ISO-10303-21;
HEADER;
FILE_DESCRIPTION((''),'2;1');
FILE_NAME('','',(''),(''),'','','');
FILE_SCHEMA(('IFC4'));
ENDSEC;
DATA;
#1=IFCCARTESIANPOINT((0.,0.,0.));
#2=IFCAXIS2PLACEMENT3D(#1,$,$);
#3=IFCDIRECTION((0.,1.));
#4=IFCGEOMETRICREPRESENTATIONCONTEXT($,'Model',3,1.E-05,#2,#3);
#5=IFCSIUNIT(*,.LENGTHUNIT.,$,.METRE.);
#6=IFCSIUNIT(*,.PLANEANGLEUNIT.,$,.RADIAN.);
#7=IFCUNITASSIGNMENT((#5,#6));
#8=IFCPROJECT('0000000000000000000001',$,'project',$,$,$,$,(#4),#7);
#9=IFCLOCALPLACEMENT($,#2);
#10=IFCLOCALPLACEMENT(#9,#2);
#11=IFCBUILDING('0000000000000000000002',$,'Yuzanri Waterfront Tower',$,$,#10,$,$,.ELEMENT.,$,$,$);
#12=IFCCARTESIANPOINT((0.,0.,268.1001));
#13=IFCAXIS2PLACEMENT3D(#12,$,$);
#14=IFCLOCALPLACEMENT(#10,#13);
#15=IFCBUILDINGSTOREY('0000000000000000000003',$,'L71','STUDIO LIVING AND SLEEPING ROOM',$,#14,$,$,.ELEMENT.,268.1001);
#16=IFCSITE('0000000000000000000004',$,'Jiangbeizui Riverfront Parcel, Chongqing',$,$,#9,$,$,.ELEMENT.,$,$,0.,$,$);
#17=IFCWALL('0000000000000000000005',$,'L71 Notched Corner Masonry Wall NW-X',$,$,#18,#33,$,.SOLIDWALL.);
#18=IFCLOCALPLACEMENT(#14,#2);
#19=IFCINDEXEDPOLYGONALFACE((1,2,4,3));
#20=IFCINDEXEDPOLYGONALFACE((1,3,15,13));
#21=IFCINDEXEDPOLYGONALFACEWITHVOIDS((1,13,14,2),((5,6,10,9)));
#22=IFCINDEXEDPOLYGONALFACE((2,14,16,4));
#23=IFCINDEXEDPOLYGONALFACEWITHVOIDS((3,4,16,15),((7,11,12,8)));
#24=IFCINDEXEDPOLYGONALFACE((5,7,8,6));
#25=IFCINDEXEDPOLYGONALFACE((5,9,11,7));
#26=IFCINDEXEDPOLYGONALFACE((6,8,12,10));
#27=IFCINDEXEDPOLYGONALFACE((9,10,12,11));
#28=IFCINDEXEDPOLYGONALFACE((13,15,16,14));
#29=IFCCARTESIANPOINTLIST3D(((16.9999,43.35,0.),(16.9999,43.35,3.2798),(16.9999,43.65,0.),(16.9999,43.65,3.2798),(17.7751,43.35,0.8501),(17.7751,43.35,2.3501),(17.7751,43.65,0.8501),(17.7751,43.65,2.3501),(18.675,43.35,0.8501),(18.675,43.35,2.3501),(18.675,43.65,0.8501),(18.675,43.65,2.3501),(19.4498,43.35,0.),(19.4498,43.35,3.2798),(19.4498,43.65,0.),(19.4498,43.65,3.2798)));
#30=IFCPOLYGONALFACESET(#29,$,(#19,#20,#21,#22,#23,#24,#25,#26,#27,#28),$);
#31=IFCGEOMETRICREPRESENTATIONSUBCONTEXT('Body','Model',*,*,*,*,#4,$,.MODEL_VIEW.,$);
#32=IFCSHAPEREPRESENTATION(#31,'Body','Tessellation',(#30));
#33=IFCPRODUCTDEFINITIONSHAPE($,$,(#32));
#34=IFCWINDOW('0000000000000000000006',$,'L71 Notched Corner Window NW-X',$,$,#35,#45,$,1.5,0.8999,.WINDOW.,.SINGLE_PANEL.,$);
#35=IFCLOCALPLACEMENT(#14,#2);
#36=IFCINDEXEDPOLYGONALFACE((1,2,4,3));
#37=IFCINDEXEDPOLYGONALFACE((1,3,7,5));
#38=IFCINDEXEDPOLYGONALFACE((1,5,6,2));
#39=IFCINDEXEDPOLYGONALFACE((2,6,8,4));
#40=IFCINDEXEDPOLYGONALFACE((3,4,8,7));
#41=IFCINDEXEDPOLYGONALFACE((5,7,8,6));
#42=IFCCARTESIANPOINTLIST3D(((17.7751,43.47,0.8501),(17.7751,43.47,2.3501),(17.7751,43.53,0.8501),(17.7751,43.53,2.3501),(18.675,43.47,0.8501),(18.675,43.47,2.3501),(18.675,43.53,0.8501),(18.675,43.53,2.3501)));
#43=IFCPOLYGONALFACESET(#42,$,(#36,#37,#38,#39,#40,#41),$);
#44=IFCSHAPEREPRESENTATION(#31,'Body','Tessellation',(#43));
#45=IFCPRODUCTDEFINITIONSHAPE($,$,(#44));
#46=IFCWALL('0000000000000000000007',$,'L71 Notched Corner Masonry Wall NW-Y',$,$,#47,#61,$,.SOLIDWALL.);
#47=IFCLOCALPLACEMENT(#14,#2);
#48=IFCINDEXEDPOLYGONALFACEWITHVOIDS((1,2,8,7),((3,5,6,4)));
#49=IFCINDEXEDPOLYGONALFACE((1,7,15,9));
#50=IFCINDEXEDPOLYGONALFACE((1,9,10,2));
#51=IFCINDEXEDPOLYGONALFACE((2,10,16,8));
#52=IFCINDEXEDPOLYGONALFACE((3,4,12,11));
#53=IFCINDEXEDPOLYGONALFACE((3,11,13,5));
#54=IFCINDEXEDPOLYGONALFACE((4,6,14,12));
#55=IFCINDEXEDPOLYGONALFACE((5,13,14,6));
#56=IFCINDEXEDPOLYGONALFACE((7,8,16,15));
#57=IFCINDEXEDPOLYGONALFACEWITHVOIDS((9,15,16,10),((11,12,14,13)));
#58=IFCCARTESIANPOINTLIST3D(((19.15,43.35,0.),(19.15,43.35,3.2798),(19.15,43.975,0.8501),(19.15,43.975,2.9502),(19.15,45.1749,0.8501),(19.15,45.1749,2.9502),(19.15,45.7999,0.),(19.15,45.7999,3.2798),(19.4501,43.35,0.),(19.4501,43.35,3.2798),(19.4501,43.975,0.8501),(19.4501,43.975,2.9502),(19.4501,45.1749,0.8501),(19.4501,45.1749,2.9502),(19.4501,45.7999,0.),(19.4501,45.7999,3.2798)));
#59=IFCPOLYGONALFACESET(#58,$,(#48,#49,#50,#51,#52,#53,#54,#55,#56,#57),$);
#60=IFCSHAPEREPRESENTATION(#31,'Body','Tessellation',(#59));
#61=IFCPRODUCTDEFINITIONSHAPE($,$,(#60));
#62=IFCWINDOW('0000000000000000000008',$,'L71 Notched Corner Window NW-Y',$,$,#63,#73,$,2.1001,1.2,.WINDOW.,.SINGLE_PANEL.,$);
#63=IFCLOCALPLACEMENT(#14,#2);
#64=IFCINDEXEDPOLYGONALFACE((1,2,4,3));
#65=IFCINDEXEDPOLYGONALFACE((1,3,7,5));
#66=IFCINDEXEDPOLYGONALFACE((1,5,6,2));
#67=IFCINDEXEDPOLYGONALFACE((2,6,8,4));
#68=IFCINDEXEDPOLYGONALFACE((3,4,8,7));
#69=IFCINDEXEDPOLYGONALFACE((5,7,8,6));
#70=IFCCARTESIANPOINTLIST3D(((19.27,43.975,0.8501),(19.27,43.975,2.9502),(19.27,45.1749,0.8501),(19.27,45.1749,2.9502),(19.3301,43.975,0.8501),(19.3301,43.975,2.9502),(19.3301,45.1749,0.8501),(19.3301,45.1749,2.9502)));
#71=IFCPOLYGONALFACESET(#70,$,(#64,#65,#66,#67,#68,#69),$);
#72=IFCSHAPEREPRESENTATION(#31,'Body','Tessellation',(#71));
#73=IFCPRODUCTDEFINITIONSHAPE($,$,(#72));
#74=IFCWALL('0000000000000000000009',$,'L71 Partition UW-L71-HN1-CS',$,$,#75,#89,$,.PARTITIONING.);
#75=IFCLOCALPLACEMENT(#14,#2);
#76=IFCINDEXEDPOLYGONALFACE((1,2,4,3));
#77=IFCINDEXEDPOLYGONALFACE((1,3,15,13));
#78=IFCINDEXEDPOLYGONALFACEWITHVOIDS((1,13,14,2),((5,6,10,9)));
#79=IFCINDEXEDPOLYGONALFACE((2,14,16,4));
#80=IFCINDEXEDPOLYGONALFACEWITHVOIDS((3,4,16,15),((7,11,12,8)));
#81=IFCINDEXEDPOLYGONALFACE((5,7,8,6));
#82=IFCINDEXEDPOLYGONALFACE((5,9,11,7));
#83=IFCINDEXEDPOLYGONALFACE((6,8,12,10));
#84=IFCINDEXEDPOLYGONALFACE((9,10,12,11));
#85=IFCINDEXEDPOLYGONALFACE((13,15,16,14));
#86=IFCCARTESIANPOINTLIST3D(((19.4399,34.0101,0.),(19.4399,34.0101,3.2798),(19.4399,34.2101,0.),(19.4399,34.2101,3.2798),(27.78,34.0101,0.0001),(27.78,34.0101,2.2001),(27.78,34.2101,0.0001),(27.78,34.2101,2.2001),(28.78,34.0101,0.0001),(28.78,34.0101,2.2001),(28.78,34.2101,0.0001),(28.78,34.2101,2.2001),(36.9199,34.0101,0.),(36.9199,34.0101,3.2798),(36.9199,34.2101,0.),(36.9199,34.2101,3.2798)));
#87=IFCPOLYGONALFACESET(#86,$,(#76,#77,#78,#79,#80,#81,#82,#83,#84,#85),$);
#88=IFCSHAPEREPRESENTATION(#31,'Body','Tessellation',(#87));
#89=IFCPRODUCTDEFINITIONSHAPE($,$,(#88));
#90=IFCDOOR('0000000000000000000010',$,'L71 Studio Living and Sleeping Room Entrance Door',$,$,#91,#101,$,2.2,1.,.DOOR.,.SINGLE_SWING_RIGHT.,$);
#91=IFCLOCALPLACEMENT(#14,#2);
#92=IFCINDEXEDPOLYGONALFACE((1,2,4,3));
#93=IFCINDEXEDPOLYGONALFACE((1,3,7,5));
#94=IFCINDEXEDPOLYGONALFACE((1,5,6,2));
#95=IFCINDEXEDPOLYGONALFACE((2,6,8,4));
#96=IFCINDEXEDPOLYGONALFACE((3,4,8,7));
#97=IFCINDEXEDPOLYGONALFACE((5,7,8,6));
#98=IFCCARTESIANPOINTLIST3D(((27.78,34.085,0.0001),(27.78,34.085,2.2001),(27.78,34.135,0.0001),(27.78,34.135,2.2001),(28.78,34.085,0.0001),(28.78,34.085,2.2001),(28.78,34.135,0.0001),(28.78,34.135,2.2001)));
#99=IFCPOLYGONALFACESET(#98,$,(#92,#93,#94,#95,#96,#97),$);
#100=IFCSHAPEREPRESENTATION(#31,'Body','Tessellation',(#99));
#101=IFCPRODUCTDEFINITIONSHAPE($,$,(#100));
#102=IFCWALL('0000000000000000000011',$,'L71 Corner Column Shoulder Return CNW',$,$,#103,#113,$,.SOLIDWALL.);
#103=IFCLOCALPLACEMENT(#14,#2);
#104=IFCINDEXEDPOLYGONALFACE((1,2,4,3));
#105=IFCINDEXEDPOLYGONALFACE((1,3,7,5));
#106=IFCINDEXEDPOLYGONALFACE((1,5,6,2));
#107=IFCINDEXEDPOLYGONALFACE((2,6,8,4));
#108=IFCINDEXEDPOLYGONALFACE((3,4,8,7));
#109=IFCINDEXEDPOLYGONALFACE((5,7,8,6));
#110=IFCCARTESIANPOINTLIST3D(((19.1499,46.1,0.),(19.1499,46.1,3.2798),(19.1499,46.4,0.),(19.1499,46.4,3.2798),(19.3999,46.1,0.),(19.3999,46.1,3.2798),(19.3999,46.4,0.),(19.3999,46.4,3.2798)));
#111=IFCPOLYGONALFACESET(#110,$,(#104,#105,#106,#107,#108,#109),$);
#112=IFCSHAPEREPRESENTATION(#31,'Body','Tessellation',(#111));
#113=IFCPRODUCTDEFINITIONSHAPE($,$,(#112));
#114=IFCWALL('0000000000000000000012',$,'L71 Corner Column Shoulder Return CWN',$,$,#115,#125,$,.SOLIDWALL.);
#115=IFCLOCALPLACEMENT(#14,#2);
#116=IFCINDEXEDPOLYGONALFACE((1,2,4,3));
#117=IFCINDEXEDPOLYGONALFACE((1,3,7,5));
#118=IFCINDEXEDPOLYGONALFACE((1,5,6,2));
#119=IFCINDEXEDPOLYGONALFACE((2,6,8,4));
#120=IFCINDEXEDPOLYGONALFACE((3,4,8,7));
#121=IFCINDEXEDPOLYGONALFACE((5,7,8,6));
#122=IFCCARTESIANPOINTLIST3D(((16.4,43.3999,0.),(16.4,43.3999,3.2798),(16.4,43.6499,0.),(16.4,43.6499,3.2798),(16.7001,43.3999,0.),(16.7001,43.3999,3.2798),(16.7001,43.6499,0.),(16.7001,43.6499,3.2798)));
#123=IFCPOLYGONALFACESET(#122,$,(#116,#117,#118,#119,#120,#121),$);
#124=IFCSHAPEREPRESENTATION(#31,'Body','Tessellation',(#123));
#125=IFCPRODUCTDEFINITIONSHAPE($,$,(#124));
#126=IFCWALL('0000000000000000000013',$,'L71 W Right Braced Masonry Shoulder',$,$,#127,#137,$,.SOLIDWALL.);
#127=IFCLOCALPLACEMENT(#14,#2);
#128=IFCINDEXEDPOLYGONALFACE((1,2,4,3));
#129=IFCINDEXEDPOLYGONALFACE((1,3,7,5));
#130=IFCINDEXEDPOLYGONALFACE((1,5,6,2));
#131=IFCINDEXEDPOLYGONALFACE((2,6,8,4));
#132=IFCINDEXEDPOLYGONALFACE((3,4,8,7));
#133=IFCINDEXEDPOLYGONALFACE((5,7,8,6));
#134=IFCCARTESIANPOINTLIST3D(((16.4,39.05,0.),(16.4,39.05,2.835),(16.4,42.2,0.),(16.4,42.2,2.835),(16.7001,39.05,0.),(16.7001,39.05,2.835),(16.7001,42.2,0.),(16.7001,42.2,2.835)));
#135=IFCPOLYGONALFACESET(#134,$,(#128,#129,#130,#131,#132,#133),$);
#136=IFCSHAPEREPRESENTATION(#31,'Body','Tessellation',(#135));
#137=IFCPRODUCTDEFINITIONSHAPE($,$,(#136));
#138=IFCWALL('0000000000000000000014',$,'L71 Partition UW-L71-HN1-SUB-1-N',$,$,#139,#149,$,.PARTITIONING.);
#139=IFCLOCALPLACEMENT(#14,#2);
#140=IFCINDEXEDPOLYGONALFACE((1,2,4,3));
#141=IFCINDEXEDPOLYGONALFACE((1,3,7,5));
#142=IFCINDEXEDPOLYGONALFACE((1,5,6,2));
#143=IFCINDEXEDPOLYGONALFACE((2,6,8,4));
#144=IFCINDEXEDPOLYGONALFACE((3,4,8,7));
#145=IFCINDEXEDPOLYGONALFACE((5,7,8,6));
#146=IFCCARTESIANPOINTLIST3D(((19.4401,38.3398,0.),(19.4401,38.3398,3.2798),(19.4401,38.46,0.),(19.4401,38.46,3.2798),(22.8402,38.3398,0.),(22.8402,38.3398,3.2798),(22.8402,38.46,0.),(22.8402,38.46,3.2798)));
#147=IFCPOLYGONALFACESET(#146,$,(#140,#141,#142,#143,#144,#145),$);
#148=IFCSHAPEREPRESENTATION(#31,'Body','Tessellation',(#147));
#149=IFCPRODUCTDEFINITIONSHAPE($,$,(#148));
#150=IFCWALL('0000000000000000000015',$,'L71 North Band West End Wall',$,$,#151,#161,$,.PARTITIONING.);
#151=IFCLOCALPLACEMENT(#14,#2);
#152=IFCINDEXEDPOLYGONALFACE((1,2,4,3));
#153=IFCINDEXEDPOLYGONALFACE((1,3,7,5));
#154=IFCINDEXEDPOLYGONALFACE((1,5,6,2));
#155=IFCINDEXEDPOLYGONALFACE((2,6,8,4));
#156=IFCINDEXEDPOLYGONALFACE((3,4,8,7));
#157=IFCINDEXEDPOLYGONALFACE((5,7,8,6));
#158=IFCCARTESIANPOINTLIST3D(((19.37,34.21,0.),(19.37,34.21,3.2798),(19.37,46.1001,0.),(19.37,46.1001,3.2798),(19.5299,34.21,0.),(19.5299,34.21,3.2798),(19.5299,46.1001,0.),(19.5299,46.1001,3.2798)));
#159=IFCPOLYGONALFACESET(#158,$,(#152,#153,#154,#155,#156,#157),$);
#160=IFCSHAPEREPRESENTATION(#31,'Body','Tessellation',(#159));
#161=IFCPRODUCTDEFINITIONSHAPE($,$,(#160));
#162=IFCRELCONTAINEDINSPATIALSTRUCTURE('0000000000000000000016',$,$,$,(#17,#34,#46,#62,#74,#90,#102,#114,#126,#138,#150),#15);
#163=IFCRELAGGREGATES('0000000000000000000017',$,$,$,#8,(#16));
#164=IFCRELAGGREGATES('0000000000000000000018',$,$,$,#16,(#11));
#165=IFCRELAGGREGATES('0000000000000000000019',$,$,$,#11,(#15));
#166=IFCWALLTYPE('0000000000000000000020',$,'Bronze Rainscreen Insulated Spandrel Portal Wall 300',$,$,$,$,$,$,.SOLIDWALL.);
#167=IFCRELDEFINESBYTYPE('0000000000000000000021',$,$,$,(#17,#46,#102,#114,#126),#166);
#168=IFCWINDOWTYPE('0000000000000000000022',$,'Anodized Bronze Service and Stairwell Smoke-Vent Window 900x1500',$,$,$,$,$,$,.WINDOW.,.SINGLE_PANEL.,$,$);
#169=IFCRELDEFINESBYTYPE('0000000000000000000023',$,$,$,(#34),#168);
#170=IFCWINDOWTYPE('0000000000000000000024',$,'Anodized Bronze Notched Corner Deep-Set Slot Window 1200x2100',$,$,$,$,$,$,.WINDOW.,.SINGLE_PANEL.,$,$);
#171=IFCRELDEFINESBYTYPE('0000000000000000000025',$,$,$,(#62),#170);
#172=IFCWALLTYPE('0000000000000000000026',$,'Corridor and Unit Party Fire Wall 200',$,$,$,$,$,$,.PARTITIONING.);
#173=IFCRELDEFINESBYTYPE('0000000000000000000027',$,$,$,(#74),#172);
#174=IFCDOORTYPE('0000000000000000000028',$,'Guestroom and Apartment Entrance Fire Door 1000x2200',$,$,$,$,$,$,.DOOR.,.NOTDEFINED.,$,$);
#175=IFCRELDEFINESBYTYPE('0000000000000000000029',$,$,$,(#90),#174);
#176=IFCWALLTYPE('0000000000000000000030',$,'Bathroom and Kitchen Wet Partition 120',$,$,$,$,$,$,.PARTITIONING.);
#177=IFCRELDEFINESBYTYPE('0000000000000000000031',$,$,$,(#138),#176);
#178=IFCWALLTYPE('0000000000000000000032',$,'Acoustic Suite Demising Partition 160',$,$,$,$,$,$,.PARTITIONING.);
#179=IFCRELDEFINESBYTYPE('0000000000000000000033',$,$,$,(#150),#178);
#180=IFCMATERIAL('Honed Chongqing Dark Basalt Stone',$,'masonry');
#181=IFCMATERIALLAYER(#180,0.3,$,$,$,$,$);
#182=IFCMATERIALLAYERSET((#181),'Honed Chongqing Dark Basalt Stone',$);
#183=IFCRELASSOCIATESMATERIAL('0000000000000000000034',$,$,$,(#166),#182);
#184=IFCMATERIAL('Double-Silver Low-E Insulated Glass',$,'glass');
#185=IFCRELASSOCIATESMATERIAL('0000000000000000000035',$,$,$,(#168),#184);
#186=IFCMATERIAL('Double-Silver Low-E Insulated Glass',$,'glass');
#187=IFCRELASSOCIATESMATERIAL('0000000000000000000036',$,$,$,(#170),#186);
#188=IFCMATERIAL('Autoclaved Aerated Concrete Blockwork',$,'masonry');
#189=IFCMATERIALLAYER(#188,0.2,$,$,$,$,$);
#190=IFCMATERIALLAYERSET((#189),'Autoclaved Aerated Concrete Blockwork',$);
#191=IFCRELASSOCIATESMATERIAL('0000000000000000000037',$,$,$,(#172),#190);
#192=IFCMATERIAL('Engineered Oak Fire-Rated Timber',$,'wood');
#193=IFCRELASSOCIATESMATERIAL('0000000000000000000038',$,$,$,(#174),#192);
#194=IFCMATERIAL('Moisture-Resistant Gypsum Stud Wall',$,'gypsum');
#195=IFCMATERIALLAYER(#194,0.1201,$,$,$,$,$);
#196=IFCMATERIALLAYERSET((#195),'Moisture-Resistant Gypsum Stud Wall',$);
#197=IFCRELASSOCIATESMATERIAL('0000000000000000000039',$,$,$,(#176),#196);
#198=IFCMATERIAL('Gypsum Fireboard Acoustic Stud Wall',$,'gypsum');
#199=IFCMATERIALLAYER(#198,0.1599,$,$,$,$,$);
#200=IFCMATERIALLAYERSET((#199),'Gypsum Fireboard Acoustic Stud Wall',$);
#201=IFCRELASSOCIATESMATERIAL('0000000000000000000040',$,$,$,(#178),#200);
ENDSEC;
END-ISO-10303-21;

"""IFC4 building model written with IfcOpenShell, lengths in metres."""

from ifc_helpers import new_model, si_unit, direction, frame, frame_2d, origin, place, context, subcontext, project, spatial, rectangle, extrude, source, transform, mapped, material, layer, layer_set, type_object, element, fill, save


model = new_model("IFC4")

# Units and contexts
model_context = context("Model", 3, precision=1e-05, world=origin(), true_north=direction((0.0, 1.0)))
body_context = subcontext(model_context, "Body", "Model", "MODEL_VIEW")
ifc_project = project(units=[si_unit("LENGTHUNIT", "METRE"), si_unit("PLANEANGLEUNIT", "RADIAN")], contexts=[model_context])

# Site, building, storey
site_placement = place(None, origin())
site = spatial("IfcSite", under=ifc_project, at=site_placement, Name="Jiangbeizui Riverfront Parcel, Chongqing", CompositionType="ELEMENT", RefElevation=0.0)
building_placement = place(site_placement, origin())
building = spatial("IfcBuilding", under=site, at=building_placement, Name="Yuzanri Waterfront Tower", CompositionType="ELEMENT")
storey_placement = place(building_placement, frame((0.0, 0.0, 268.1001)))
storey = spatial("IfcBuildingStorey", under=building, at=storey_placement, Name="L71", Description="STUDIO LIVING AND SLEEPING ROOM", CompositionType="ELEMENT", Elevation=268.1001)

# Walls, openings, windows
ifc_material_1 = material(Name="Honed Chongqing Dark Basalt Stone", Category="masonry")
ifc_layer_1 = layer(ifc_material_1, 0.3)
ifc_layer_set_1 = layer_set([ifc_layer_1], Name="Honed Chongqing Dark Basalt Stone")
wall_type_1 = type_object("IfcWallType", Name="Bronze Rainscreen Insulated Spandrel Portal Wall 300", PredefinedType="SOLIDWALL", material=ifc_layer_set_1)
wall_1_placement = place(storey_placement, frame((19.45, 43.5, 0.0), z_axis=(0.0, 0.0, 1.0), x_axis=(-1.0, 0.0, 0.0)))
wall_1 = element("IfcWall", 1, at=wall_1_placement, inside=storey, type_object=wall_type_1, Name="L71 Notched Corner Masonry Wall NW-X", PredefinedType="SOLIDWALL", context=body_context, shape_type="SweptSolid", body=[
    extrude(rectangle(XDim=2.45, YDim=0.3, at=frame_2d((1.2251, 0.0))), origin(), (0.0, 0.0, 1.0), 3.2798),
])
opening_1_placement = place(wall_1_placement, frame((0.7749, 0.0, 0.8501)))
opening_1 = element("IfcOpeningElement", 2, at=opening_1_placement, cuts=wall_1, PredefinedType="OPENING", context=body_context, shape_type="SweptSolid", body=[
    extrude(rectangle(XDim=0.8999, YDim=1.5, at=frame_2d((0.45, 0.75))), frame((0.0, 0.165, 0.0), z_axis=(0.0, -1.0, 0.0), x_axis=(1.0, 0.0, 0.0)), (0.0, 0.0, 1.0), 0.3298),
])
ifc_material_2 = material(Name="Double-Silver Low-E Insulated Glass", Category="glass")
window_type_1 = type_object("IfcWindowType", Name="Anodized Bronze Service and Stairwell Smoke-Vent Window 900x1500", PartitioningType="SINGLE_PANEL", PredefinedType="WINDOW", material=ifc_material_2)
shared_shape_1 = source(origin(), body_context, "Body", "SweptSolid", [
    extrude(rectangle(XDim=0.8999, YDim=1.5, at=frame_2d((0.45, 0.75))), frame((0.0, 0.03, 0.0), z_axis=(0.0, -1.0, 0.0), x_axis=(1.0, 0.0, 0.0)), (0.0, 0.0, 1.0), 0.0601),
])
window_1_placement = place(opening_1_placement, origin())
window_1 = element("IfcWindow", 3, at=window_1_placement, inside=storey, type_object=window_type_1, Name="L71 Notched Corner Window NW-X", OverallHeight=1.5, OverallWidth=0.8999, PartitioningType="SINGLE_PANEL", PredefinedType="WINDOW", context=body_context, shape_type="MappedRepresentation", body=[
    mapped(shared_shape_1, transform((0.0, 0.0, 0.0), scale=1.0)),
])
fill(opening_1, window_1)
wall_2_placement = place(storey_placement, frame((19.3, 45.8, 0.0), z_axis=(0.0, 0.0, 1.0), x_axis=(0.0, -1.0, 0.0)))
wall_2 = element("IfcWall", 4, at=wall_2_placement, inside=storey, type_object=wall_type_1, Name="L71 Notched Corner Masonry Wall NW-Y", PredefinedType="SOLIDWALL", context=body_context, shape_type="SweptSolid", body=[
    extrude(rectangle(XDim=2.45, YDim=0.3, at=frame_2d((1.2251, 0.0))), origin(), (0.0, 0.0, 1.0), 3.2798),
])
opening_2_placement = place(wall_2_placement, frame((0.625, 0.0, 0.8501)))
opening_2 = element("IfcOpeningElement", 5, at=opening_2_placement, cuts=wall_2, PredefinedType="OPENING", context=body_context, shape_type="SweptSolid", body=[
    extrude(rectangle(XDim=1.2, YDim=2.1001, at=frame_2d((0.6001, 1.05))), frame((0.0, 0.165, 0.0), z_axis=(0.0, -1.0, 0.0), x_axis=(1.0, 0.0, 0.0)), (0.0, 0.0, 1.0), 0.3298),
])
ifc_material_3 = material(Name="Double-Silver Low-E Insulated Glass", Category="glass")
window_type_2 = type_object("IfcWindowType", Name="Anodized Bronze Notched Corner Deep-Set Slot Window 1200x2100", PartitioningType="SINGLE_PANEL", PredefinedType="WINDOW", material=ifc_material_3)
shared_shape_2 = source(origin(), body_context, "Body", "SweptSolid", [
    extrude(rectangle(XDim=1.2, YDim=2.1001, at=frame_2d((0.6001, 1.05))), frame((0.0, 0.03, 0.0), z_axis=(0.0, -1.0, 0.0), x_axis=(1.0, 0.0, 0.0)), (0.0, 0.0, 1.0), 0.0601),
])
window_2_placement = place(opening_2_placement, origin())
window_2 = element("IfcWindow", 6, at=window_2_placement, inside=storey, type_object=window_type_2, Name="L71 Notched Corner Window NW-Y", OverallHeight=2.1001, OverallWidth=1.2, PartitioningType="SINGLE_PANEL", PredefinedType="WINDOW", context=body_context, shape_type="MappedRepresentation", body=[
    mapped(shared_shape_2, transform((0.0, 0.0, 0.0), scale=1.0)),
])
fill(opening_2, window_2)

# Wall, opening, door
ifc_material_4 = material(Name="Autoclaved Aerated Concrete Blockwork", Category="masonry")
ifc_layer_2 = layer(ifc_material_4, 0.2)
ifc_layer_set_2 = layer_set([ifc_layer_2], Name="Autoclaved Aerated Concrete Blockwork")
wall_type_2 = type_object("IfcWallType", Name="Corridor and Unit Party Fire Wall 200", PredefinedType="PARTITIONING", material=ifc_layer_set_2)
wall_3_placement = place(storey_placement, frame((19.4399, 34.1101, 0.0), z_axis=(0.0, 0.0, 1.0), x_axis=(1.0, 0.0, 0.0)))
wall_3 = element("IfcWall", 7, at=wall_3_placement, inside=storey, type_object=wall_type_2, Name="L71 Partition UW-L71-HN1-CS", PredefinedType="PARTITIONING", context=body_context, shape_type="SweptSolid", body=[
    extrude(rectangle(XDim=17.48, YDim=0.2, at=frame_2d((8.74, 0.0))), origin(), (0.0, 0.0, 1.0), 3.2798),
])
opening_3_placement = place(wall_3_placement, frame((8.3401, 0.0, 0.0)))
opening_3 = element("IfcOpeningElement", 8, at=opening_3_placement, cuts=wall_3, PredefinedType="OPENING", context=body_context, shape_type="SweptSolid", body=[
    extrude(rectangle(XDim=1.0, YDim=2.2, at=frame_2d((0.5, 1.1001))), frame((0.0, 0.1147, 0.0), z_axis=(0.0, -1.0, 0.0), x_axis=(1.0, 0.0, 0.0)), (0.0, 0.0, 1.0), 0.2297),
])
ifc_material_5 = material(Name="Engineered Oak Fire-Rated Timber", Category="wood")
door_type = type_object("IfcDoorType", Name="Guestroom and Apartment Entrance Fire Door 1000x2200", OperationType="NOTDEFINED", PredefinedType="DOOR", material=ifc_material_5)
shared_shape_3 = source(origin(), body_context, "Body", "SweptSolid", [
    extrude(rectangle(XDim=1.0, YDim=2.2, at=frame_2d((0.5, 1.1001))), frame((0.0, 0.0249, 0.0), z_axis=(0.0, -1.0, 0.0), x_axis=(1.0, 0.0, 0.0)), (0.0, 0.0, 1.0), 0.05),
])
door_placement = place(opening_3_placement, origin())
door = element("IfcDoor", 9, at=door_placement, inside=storey, type_object=door_type, Name="L71 Studio Living and Sleeping Room Entrance Door", OperationType="SINGLE_SWING_RIGHT", OverallHeight=2.2, OverallWidth=1.0, PredefinedType="DOOR", context=body_context, shape_type="MappedRepresentation", body=[
    mapped(shared_shape_3, transform((0.0, 0.0, 0.0), scale=1.0)),
])
fill(opening_3, door)

# Walls
shared_shape_4 = source(origin(), body_context, "Body", "SweptSolid", [
    extrude(rectangle(XDim=0.25, YDim=0.3, at=frame_2d((0.125, 0.0))), origin(), (0.0, 0.0, 1.0), 3.2798),
])
for number, where, z_axis, x_axis, name in (
    (10, (19.1499, 46.25, 0.0), (0.0, 0.0, 1.0), (1.0, 0.0, 0.0), "L71 Corner Column Shoulder Return CNW"),
    (11, (16.55, 43.3999, 0.0), (0.0, 0.0, 1.0), (0.0, 1.0, 0.0), "L71 Corner Column Shoulder Return CWN"),
):
    element("IfcWall", number, at=place(storey_placement, frame(where, z_axis=z_axis, x_axis=x_axis)), inside=storey, type_object=wall_type_1, Name=name, PredefinedType="SOLIDWALL", context=body_context, shape_type="MappedRepresentation", body=[
        mapped(shared_shape_4, transform((0.0, 0.0, 0.0), scale=1.0)),
    ])
shared_shape_5 = source(origin(), body_context, "Body", "SweptSolid", [
    extrude(rectangle(XDim=3.1499, YDim=0.3, at=frame_2d((1.575, 0.0))), origin(), (0.0, 0.0, 1.0), 2.835),
])
wall_4_placement = place(storey_placement, frame((16.55, 39.05, 0.0), z_axis=(0.0, 0.0, 1.0), x_axis=(0.0, 1.0, 0.0)))
element("IfcWall", 12, at=wall_4_placement, inside=storey, type_object=wall_type_1, Name="L71 W Right Braced Masonry Shoulder", PredefinedType="SOLIDWALL", context=body_context, shape_type="MappedRepresentation", body=[
    mapped(shared_shape_5, transform((0.0, 0.0, 0.0), scale=1.0)),
])
ifc_material_6 = material(Name="Moisture-Resistant Gypsum Stud Wall", Category="gypsum")
ifc_layer_3 = layer(ifc_material_6, 0.1201)
ifc_layer_set_3 = layer_set([ifc_layer_3], Name="Moisture-Resistant Gypsum Stud Wall")
wall_type_3 = type_object("IfcWallType", Name="Bathroom and Kitchen Wet Partition 120", PredefinedType="PARTITIONING", material=ifc_layer_set_3)
shared_shape_6 = source(origin(), body_context, "Body", "SweptSolid", [
    extrude(rectangle(XDim=3.4001, YDim=0.1201, at=frame_2d((1.7002, 0.0))), origin(), (0.0, 0.0, 1.0), 3.2798),
])
wall_5_placement = place(storey_placement, frame((19.4399, 38.3999, 0.0), z_axis=(0.0, 0.0, 1.0), x_axis=(1.0, 0.0, 0.0)))
element("IfcWall", 13, at=wall_5_placement, inside=storey, type_object=wall_type_3, Name="L71 Partition UW-L71-HN1-SUB-1-N", PredefinedType="PARTITIONING", context=body_context, shape_type="MappedRepresentation", body=[
    mapped(shared_shape_6, transform((0.0, 0.0, 0.0), scale=1.0)),
])
ifc_material_7 = material(Name="Gypsum Fireboard Acoustic Stud Wall", Category="gypsum")
ifc_layer_4 = layer(ifc_material_7, 0.1599)
ifc_layer_set_4 = layer_set([ifc_layer_4], Name="Gypsum Fireboard Acoustic Stud Wall")
wall_type_4 = type_object("IfcWallType", Name="Acoustic Suite Demising Partition 160", PredefinedType="PARTITIONING", material=ifc_layer_set_4)
shared_shape_7 = source(origin(), body_context, "Body", "SweptSolid", [
    extrude(rectangle(XDim=11.8901, YDim=0.1599, at=frame_2d((5.9451, 0.0))), origin(), (0.0, 0.0, 1.0), 3.2798),
])
wall_6_placement = place(storey_placement, frame((19.45, 34.21, 0.0), z_axis=(0.0, 0.0, 1.0), x_axis=(0.0, 1.0, 0.0)))
element("IfcWall", 14, at=wall_6_placement, inside=storey, type_object=wall_type_4, Name="L71 North Band West End Wall", PredefinedType="PARTITIONING", context=body_context, shape_type="MappedRepresentation", body=[
    mapped(shared_shape_7, transform((0.0, 0.0, 0.0), scale=1.0)),
])

save(model, "model.ifc")
